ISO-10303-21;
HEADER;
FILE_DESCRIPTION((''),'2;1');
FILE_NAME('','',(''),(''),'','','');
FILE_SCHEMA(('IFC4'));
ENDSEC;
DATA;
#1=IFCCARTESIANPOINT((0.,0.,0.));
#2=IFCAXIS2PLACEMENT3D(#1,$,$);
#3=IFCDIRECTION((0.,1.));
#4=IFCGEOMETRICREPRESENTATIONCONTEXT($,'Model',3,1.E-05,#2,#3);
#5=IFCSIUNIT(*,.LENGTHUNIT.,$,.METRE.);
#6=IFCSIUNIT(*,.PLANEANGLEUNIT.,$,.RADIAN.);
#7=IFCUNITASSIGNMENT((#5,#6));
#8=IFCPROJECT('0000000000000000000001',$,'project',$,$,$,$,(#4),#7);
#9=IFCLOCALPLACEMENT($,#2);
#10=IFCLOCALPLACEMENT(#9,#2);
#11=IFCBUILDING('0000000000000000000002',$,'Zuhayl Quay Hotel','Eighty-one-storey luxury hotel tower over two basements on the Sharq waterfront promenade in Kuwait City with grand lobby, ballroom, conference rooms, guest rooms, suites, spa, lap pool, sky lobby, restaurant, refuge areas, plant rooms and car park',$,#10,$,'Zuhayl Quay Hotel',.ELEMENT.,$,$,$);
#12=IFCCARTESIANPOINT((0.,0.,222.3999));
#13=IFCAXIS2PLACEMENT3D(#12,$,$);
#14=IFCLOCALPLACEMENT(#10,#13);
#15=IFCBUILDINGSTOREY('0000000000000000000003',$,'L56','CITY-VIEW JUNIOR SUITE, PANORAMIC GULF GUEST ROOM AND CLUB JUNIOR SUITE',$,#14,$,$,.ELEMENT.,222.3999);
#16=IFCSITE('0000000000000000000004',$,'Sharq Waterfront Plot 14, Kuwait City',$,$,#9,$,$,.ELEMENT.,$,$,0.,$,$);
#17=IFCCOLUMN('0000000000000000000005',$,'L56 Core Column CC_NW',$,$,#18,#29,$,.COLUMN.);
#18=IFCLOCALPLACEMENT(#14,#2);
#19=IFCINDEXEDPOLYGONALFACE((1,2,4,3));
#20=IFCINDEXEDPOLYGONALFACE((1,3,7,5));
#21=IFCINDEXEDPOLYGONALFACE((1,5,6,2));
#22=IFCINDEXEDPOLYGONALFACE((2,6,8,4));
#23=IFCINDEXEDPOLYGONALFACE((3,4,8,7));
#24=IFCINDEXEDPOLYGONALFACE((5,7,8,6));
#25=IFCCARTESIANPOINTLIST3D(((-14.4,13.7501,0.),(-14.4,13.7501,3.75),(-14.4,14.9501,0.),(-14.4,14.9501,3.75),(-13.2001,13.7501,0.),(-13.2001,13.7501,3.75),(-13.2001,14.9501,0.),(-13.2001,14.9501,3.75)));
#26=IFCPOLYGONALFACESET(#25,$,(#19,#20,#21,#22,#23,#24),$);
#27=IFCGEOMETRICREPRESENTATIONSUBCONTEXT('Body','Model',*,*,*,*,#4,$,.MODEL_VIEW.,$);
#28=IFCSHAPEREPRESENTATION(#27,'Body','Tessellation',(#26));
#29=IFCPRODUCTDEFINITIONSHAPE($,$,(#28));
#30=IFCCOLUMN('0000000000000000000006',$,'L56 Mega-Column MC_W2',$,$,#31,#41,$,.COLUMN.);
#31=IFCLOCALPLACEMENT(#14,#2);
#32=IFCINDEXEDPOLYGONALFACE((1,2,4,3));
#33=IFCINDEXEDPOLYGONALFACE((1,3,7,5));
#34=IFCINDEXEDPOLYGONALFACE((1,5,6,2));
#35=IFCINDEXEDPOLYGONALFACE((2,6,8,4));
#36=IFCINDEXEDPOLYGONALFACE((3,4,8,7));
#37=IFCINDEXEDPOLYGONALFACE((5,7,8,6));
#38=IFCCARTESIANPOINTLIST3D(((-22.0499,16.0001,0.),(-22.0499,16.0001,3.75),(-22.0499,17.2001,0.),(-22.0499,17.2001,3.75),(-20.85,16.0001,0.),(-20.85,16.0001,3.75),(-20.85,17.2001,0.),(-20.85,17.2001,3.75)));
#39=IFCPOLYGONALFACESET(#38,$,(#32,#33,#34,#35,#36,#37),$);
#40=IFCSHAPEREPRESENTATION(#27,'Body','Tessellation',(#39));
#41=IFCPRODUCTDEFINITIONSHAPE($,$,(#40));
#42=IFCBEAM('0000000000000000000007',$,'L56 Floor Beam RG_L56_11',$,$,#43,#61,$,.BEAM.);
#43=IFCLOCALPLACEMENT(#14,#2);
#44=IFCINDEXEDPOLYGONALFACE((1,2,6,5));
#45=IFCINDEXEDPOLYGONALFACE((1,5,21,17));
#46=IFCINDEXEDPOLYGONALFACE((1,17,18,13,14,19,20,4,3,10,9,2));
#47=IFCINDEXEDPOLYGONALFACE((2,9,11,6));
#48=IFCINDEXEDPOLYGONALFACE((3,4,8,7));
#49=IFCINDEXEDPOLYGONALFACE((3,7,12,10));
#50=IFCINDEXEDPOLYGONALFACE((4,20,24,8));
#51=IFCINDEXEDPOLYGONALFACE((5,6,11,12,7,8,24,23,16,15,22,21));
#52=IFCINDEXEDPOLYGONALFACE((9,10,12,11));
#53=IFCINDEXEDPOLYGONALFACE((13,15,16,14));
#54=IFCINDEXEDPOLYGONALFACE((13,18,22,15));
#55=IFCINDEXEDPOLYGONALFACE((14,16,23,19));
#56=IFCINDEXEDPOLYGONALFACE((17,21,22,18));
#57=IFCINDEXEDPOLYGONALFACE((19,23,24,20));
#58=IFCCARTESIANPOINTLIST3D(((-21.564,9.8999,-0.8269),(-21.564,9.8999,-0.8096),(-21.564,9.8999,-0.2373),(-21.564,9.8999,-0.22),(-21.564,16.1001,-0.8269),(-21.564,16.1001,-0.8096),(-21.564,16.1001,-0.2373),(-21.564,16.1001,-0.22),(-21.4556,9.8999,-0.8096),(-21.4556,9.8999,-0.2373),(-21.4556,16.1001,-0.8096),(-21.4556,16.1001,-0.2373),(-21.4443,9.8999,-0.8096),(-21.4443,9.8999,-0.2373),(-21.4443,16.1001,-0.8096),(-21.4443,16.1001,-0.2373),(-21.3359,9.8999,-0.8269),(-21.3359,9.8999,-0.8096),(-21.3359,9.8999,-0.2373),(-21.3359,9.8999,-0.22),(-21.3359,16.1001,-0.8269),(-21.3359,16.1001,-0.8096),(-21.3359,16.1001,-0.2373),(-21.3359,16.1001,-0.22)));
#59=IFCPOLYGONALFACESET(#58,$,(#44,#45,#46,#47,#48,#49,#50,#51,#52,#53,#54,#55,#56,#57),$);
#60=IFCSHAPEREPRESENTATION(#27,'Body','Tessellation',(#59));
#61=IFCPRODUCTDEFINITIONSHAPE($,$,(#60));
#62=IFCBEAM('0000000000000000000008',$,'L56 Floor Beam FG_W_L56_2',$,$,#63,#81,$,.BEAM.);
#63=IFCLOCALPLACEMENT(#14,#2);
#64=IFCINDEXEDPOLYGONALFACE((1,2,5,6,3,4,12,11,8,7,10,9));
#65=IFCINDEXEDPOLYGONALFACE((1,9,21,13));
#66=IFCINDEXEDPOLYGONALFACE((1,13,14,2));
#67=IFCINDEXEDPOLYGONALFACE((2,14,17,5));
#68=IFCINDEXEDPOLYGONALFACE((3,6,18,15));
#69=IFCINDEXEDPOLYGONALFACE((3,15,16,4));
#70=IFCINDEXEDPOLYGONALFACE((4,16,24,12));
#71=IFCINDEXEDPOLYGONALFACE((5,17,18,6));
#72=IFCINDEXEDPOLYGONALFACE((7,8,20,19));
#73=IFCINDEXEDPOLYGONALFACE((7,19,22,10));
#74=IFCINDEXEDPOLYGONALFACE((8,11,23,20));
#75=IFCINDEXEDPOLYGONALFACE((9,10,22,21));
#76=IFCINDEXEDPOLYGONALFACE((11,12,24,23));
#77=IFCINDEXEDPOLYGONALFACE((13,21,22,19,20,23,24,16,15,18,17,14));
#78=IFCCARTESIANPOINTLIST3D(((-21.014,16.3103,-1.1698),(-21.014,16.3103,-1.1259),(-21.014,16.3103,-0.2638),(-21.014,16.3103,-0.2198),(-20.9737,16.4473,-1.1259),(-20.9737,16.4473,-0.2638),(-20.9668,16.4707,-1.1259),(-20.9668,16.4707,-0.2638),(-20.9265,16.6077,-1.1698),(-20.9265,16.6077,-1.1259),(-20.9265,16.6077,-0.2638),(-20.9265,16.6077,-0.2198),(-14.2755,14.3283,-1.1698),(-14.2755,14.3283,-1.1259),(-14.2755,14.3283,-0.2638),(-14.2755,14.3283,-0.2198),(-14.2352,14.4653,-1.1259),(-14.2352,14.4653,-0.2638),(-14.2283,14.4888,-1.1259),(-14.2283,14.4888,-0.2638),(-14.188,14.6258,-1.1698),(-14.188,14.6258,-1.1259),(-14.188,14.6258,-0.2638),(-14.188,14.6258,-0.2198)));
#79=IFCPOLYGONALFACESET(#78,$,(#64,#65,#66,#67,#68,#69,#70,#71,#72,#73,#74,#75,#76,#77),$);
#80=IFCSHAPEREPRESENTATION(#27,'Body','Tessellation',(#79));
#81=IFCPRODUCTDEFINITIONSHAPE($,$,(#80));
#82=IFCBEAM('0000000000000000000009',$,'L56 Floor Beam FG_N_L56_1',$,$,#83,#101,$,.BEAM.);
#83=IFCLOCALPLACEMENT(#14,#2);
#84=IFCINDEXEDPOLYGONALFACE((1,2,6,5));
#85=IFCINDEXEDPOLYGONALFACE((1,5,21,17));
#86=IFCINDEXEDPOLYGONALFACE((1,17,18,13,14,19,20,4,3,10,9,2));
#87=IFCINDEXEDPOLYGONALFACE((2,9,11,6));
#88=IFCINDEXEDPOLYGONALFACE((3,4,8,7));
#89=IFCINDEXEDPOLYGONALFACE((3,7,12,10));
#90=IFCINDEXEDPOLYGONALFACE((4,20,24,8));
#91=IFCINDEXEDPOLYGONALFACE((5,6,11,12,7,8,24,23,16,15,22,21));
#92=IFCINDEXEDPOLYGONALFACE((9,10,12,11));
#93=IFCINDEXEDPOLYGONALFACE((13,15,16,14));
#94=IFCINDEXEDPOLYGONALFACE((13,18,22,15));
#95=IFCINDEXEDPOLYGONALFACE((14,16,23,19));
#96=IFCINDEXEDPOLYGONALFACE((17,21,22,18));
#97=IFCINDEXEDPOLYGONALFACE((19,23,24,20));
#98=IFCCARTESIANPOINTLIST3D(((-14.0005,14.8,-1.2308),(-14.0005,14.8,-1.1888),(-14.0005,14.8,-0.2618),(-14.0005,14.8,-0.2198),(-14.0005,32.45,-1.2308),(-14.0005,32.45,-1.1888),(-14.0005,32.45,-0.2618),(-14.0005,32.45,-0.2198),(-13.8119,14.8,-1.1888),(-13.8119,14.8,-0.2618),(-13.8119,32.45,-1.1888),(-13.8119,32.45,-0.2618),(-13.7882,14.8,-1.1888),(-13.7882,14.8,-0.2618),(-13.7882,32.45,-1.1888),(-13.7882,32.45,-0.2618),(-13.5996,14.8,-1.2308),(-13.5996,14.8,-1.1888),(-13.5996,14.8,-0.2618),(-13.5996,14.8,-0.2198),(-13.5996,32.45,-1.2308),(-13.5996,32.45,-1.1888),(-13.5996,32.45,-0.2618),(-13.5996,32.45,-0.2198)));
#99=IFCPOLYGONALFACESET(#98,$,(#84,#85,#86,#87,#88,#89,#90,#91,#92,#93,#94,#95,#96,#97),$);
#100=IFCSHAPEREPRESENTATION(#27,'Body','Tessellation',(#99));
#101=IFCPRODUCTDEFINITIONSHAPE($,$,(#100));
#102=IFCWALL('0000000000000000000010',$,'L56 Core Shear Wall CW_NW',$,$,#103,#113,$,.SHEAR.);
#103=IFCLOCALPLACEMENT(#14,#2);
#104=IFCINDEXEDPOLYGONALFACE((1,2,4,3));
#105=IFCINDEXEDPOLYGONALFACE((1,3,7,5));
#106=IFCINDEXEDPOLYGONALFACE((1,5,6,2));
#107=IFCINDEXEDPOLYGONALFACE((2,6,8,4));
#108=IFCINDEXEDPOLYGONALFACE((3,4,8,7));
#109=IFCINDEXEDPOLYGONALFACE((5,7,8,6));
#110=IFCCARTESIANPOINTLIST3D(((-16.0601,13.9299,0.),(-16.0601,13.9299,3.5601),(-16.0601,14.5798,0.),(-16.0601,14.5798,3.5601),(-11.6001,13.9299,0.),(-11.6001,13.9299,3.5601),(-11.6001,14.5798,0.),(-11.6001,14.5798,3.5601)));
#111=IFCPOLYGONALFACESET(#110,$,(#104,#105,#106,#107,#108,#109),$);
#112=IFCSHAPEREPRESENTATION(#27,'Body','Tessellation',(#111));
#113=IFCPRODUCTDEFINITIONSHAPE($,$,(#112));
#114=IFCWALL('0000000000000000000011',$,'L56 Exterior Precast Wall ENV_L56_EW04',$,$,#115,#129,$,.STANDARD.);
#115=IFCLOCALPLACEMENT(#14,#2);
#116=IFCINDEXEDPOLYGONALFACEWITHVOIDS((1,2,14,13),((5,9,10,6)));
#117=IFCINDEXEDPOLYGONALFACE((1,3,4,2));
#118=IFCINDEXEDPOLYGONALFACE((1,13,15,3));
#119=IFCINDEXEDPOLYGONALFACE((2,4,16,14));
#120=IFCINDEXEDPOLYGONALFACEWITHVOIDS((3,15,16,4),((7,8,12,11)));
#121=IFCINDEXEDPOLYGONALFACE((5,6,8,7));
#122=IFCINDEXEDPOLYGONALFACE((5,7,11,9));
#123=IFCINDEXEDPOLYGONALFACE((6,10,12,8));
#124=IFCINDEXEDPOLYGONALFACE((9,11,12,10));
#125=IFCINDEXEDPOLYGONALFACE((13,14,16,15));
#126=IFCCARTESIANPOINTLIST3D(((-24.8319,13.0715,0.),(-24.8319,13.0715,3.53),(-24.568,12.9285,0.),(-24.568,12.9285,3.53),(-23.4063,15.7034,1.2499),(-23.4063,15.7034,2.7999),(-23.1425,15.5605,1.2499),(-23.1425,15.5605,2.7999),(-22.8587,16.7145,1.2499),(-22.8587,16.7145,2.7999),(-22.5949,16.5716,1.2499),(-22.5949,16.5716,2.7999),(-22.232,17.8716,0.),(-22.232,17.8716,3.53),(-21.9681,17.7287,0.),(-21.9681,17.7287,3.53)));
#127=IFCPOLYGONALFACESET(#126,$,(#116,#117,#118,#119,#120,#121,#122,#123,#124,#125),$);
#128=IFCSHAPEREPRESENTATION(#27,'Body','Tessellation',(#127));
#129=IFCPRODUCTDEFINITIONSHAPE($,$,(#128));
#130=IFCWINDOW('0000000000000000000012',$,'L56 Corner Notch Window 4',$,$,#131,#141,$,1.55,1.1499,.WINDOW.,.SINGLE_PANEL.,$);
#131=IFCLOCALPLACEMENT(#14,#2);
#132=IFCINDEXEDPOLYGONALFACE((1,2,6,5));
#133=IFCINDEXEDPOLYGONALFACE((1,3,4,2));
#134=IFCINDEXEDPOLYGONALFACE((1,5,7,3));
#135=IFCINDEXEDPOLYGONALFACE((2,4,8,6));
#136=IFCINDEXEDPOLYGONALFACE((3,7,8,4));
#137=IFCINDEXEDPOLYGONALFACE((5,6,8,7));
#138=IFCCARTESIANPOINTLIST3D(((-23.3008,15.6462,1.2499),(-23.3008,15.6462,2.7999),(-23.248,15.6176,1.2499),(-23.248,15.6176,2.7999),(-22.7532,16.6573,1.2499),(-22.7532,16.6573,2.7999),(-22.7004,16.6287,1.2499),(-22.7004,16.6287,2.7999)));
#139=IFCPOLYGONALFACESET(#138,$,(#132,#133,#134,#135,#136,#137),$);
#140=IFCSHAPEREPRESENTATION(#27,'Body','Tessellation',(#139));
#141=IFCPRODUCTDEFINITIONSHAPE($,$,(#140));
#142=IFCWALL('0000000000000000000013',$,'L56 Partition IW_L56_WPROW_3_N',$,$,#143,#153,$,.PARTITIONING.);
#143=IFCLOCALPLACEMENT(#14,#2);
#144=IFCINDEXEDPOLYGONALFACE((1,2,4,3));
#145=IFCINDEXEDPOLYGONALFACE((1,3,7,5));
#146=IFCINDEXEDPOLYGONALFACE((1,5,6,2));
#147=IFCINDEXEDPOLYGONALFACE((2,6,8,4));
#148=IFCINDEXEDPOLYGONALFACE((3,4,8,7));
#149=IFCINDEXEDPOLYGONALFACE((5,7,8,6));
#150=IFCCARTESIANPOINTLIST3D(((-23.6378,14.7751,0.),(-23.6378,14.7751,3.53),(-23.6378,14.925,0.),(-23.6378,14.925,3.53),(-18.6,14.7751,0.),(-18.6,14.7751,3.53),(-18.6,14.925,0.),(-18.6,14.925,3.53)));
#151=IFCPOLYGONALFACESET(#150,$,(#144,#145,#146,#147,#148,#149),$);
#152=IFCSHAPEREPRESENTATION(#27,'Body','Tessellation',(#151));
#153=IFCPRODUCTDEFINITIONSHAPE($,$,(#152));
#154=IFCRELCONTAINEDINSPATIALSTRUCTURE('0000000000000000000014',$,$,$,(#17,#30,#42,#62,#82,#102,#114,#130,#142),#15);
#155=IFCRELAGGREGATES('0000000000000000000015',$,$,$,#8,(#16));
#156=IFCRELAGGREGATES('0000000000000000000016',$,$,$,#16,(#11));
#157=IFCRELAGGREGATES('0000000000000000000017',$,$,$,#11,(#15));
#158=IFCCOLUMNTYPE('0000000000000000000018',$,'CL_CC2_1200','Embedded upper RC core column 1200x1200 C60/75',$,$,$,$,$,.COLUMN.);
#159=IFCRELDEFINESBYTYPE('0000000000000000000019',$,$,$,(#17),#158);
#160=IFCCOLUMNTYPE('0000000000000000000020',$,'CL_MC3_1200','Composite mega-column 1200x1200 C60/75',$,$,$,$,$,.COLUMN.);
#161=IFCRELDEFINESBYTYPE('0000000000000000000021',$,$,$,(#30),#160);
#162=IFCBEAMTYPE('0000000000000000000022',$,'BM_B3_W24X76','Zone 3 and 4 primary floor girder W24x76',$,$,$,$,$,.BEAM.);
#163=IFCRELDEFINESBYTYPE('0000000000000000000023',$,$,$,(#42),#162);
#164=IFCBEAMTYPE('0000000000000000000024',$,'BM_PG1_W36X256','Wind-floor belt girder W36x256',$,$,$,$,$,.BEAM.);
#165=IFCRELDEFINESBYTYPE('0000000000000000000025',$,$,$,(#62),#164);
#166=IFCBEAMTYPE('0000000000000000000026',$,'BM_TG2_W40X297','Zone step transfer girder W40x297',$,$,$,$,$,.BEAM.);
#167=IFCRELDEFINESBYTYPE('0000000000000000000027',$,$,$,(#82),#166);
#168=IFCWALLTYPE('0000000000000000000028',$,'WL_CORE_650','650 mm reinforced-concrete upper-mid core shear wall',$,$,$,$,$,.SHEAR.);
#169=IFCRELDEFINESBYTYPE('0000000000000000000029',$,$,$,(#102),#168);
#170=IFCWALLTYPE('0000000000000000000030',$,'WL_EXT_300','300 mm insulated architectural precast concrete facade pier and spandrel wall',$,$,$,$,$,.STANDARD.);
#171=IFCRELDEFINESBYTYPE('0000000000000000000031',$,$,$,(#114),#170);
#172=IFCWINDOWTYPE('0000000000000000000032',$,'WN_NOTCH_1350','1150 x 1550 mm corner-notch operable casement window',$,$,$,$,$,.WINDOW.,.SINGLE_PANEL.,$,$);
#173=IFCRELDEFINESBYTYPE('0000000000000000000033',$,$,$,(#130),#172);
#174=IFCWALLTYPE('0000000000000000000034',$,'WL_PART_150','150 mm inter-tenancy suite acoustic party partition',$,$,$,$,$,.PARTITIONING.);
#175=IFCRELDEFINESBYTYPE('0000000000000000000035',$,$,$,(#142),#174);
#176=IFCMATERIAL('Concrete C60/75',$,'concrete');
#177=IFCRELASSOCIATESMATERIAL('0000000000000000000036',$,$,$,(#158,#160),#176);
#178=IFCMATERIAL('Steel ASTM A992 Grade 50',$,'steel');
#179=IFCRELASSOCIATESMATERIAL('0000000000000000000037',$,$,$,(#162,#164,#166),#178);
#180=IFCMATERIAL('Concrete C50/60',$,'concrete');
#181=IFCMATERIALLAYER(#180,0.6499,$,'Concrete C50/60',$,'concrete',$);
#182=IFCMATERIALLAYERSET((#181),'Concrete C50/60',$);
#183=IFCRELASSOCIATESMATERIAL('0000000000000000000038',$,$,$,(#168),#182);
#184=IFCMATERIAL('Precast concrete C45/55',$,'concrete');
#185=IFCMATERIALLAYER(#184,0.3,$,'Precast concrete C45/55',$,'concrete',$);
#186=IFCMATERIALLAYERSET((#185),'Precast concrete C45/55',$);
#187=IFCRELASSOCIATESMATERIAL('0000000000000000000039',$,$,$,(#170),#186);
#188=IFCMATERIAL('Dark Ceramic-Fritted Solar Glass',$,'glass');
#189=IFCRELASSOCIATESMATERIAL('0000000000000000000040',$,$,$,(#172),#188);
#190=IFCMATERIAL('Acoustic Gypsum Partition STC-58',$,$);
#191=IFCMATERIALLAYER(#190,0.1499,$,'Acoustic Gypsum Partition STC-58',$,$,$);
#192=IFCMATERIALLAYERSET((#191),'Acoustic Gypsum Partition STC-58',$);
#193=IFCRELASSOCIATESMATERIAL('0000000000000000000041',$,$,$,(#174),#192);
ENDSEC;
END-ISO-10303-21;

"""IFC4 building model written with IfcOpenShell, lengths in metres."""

from ifc_helpers import new_model, si_unit, direction, frame, frame_2d, origin, origin_2d, place, context, subcontext, project, spatial, rectangle, i_section, extrude, material, layer, layer_set, material_profile, profile_set, type_object, element, fill, save


model = new_model("IFC4")

# Units and contexts
model_context = context("Model", 3, precision=1e-05, world=origin(), true_north=direction((0.0, 1.0)))
body_context = subcontext(model_context, "Body", "Model", "MODEL_VIEW")
ifc_project = project(units=[si_unit("LENGTHUNIT", "METRE"), si_unit("PLANEANGLEUNIT", "RADIAN")], contexts=[model_context])

# Site, building, storey
site_placement = place(None, origin())
site = spatial("IfcSite", under=ifc_project, at=site_placement, Name="Sharq Waterfront Plot 14, Kuwait City", CompositionType="ELEMENT", RefElevation=0.0)
building_placement = place(site_placement, origin())
building = spatial("IfcBuilding", under=site, at=building_placement, Name="Zuhayl Quay Hotel", Description="Eighty-one-storey luxury hotel tower over two basements on the Sharq waterfront promenade in Kuwait City with grand lobby, ballroom, conference rooms, guest rooms, suites, spa, lap pool, sky lobby, restaurant, refuge areas, plant rooms and car park", LongName="Zuhayl Quay Hotel", CompositionType="ELEMENT")
storey_placement = place(building_placement, frame((0.0, 0.0, 222.3999)))
storey = spatial("IfcBuildingStorey", under=building, at=storey_placement, Name="L56", Description="CITY-VIEW JUNIOR SUITE, PANORAMIC GULF GUEST ROOM AND CLUB JUNIOR SUITE", CompositionType="ELEMENT", Elevation=222.3999)

# Columns
ifc_material_1 = material(Name="Concrete C60/75", Category="concrete")
ifc_material_profile_1 = material_profile(ifc_material_1, rectangle(XDim=1.2, YDim=1.2, at=origin_2d()), Name="RC1200X1200")
ifc_profile_set_1 = profile_set([ifc_material_profile_1], Name="Concrete C60/75")
column_type_1 = type_object("IfcColumnType", Name="CL_CC2_1200", Description="Embedded upper RC core column 1200x1200 C60/75", PredefinedType="COLUMN", material=ifc_profile_set_1)
column_1_placement = place(storey_placement, frame((-13.8, 14.3501, 0.0), z_axis=(0.0, 0.0, 1.0), x_axis=(1.0, 0.0, 0.0)))
element("IfcColumn", 1, at=column_1_placement, inside=storey, type_object=column_type_1, Name="L56 Core Column CC_NW", PredefinedType="COLUMN", context=body_context, shape_type="SweptSolid", body=[
    extrude(rectangle(XDim=1.2, YDim=1.2, at=origin_2d()), origin(), (0.0, 0.0, 1.0), 3.75),
])
ifc_material_profile_2 = material_profile(ifc_material_1, rectangle(XDim=1.2, YDim=1.2, at=origin_2d()), Name="RC1200X1200")
ifc_profile_set_2 = profile_set([ifc_material_profile_2], Name="Concrete C60/75")
column_type_2 = type_object("IfcColumnType", Name="CL_MC3_1200", Description="Composite mega-column 1200x1200 C60/75", PredefinedType="COLUMN", material=ifc_profile_set_2)
column_2_placement = place(storey_placement, frame((-21.45, 16.6001, 0.0), z_axis=(0.0, 0.0, 1.0), x_axis=(1.0, 0.0, 0.0)))
element("IfcColumn", 2, at=column_2_placement, inside=storey, type_object=column_type_2, Name="L56 Mega-Column MC_W2", PredefinedType="COLUMN", context=body_context, shape_type="SweptSolid", body=[
    extrude(rectangle(XDim=1.2, YDim=1.2, at=origin_2d()), origin(), (0.0, 0.0, 1.0), 3.75),
])

# Beams
ifc_material_2 = material(Name="Steel ASTM A992 Grade 50", Category="steel")
ifc_material_profile_3 = material_profile(ifc_material_2, i_section(OverallWidth=0.228, OverallDepth=0.6069, WebThickness=0.0112, FlangeThickness=0.0173, at=origin_2d()), Name="W24X76")
ifc_profile_set_3 = profile_set([ifc_material_profile_3], Name="Steel ASTM A992 Grade 50")
beam_type_1 = type_object("IfcBeamType", Name="BM_B3_W24X76", Description="Zone 3 and 4 primary floor girder W24x76", PredefinedType="BEAM", material=ifc_profile_set_3)
beam_1_placement = place(storey_placement, frame((-21.45, 16.1001, -0.5234), z_axis=(0.0, -1.0, 0.0), x_axis=(1.0, 0.0, 0.0)))
element("IfcBeam", 3, at=beam_1_placement, inside=storey, type_object=beam_type_1, Name="L56 Floor Beam RG_L56_11", PredefinedType="BEAM", context=body_context, shape_type="SweptSolid", body=[
    extrude(i_section(OverallWidth=0.228, OverallDepth=0.6069, WebThickness=0.0112, FlangeThickness=0.0173, at=origin_2d()), origin(), (0.0, 0.0, 1.0), 6.2002),
])
ifc_material_profile_4 = material_profile(ifc_material_2, i_section(OverallWidth=0.3101, OverallDepth=0.95, WebThickness=0.0244, FlangeThickness=0.0439, at=origin_2d()), Name="W36X256")
ifc_profile_set_4 = profile_set([ifc_material_profile_4], Name="Steel ASTM A992 Grade 50")
beam_type_2 = type_object("IfcBeamType", Name="BM_PG1_W36X256", Description="Wind-floor belt girder W36x256", PredefinedType="BEAM", material=ifc_profile_set_4)
beam_2_placement = place(storey_placement, frame((-20.9702, 16.459, -0.6948), z_axis=(0.959365, -0.282168, 0.0), x_axis=(0.282168, 0.959365, 0.0)))
element("IfcBeam", 4, at=beam_2_placement, inside=storey, type_object=beam_type_2, Name="L56 Floor Beam FG_W_L56_2", PredefinedType="BEAM", context=body_context, shape_type="SweptSolid", body=[
    extrude(i_section(OverallWidth=0.3101, OverallDepth=0.95, WebThickness=0.0244, FlangeThickness=0.0439, at=origin_2d()), origin(), (0.0, 0.0, 1.0), 7.0239),
])
ifc_material_profile_5 = material_profile(ifc_material_2, i_section(OverallWidth=0.4009, OverallDepth=1.011, WebThickness=0.0237, FlangeThickness=0.042, at=origin_2d()), Name="W40X297")
ifc_profile_set_5 = profile_set([ifc_material_profile_5], Name="Steel ASTM A992 Grade 50")
beam_type_3 = type_object("IfcBeamType", Name="BM_TG2_W40X297", Description="Zone step transfer girder W40x297", PredefinedType="BEAM", material=ifc_profile_set_5)
beam_3_placement = place(storey_placement, frame((-13.8, 14.8, -0.7253), z_axis=(0.0, 1.0, 0.0), x_axis=(-1.0, 0.0, 0.0)))
element("IfcBeam", 5, at=beam_3_placement, inside=storey, type_object=beam_type_3, Name="L56 Floor Beam FG_N_L56_1", PredefinedType="BEAM", context=body_context, shape_type="SweptSolid", body=[
    extrude(i_section(OverallWidth=0.4009, OverallDepth=1.011, WebThickness=0.0237, FlangeThickness=0.042, at=origin_2d()), origin(), (0.0, 0.0, 1.0), 17.6499),
])

# Wall
ifc_material_3 = material(Name="Concrete C50/60", Category="concrete")
ifc_layer_1 = layer(ifc_material_3, 0.6499, Name="Concrete C50/60", Category="concrete")
ifc_layer_set_1 = layer_set([ifc_layer_1], Name="Concrete C50/60")
wall_type_1 = type_object("IfcWallType", Name="WL_CORE_650", Description="650 mm reinforced-concrete upper-mid core shear wall", PredefinedType="SHEAR", material=ifc_layer_set_1)
wall_1_placement = place(storey_placement, frame((-16.0601, 14.2549, 0.0), z_axis=(0.0, 0.0, 1.0), x_axis=(1.0, 0.0, 0.0)))
element("IfcWall", 6, at=wall_1_placement, inside=storey, type_object=wall_type_1, Name="L56 Core Shear Wall CW_NW", PredefinedType="SHEAR", context=body_context, shape_type="SweptSolid", body=[
    extrude(rectangle(XDim=4.46, YDim=0.6499, at=frame_2d((2.23, 0.0))), origin(), (0.0, 0.0, 1.0), 3.5601),
])

# Wall, opening, window
ifc_material_4 = material(Name="Precast concrete C45/55", Category="concrete")
ifc_layer_2 = layer(ifc_material_4, 0.3, Name="Precast concrete C45/55", Category="concrete")
ifc_layer_set_2 = layer_set([ifc_layer_2], Name="Precast concrete C45/55")
wall_type_2 = type_object("IfcWallType", Name="WL_EXT_300", Description="300 mm insulated architectural precast concrete facade pier and spandrel wall", PredefinedType="STANDARD", material=ifc_layer_set_2)
wall_2_placement = place(storey_placement, frame((-24.7, 13.0, 0.0), z_axis=(0.0, 0.0, 1.0), x_axis=(0.476259, 0.879305, 0.0)))
wall_2 = element("IfcWall", 7, at=wall_2_placement, inside=storey, type_object=wall_type_2, Name="L56 Exterior Precast Wall ENV_L56_EW04", PredefinedType="STANDARD", context=body_context, shape_type="SweptSolid", body=[
    extrude(rectangle(XDim=5.459, YDim=0.3, at=frame_2d((2.7295, 0.0))), origin(), (0.0, 0.0, 1.0), 3.53),
])
opening_1_placement = place(wall_2_placement, frame((2.9932, 0.0, 1.25)))
opening_1 = element("IfcOpeningElement", 8, at=opening_1_placement, cuts=wall_2, PredefinedType="OPENING", context=body_context, shape_type="SweptSolid", body=[
    extrude(rectangle(XDim=1.1499, YDim=1.55, at=frame_2d((0.575, 0.7749))), frame((0.0, 0.1599, 0.0), z_axis=(0.0, -1.0, 0.0), x_axis=(1.0, 0.0, 0.0)), (0.0, 0.0, 1.0), 0.3201),
])
ifc_material_5 = material(Name="Dark Ceramic-Fritted Solar Glass", Category="glass")
window_type = type_object("IfcWindowType", Name="WN_NOTCH_1350", Description="1150 x 1550 mm corner-notch operable casement window", PartitioningType="SINGLE_PANEL", PredefinedType="WINDOW", material=ifc_material_5)
window_placement = place(opening_1_placement, origin())
window = element("IfcWindow", 9, at=window_placement, inside=storey, type_object=window_type, Name="L56 Corner Notch Window 4", OverallHeight=1.55, OverallWidth=1.1499, PartitioningType="SINGLE_PANEL", PredefinedType="WINDOW", context=body_context, shape_type="SweptSolid", body=[
    extrude(rectangle(XDim=1.1499, YDim=1.55, at=frame_2d((0.575, 0.7749))), frame((0.0, 0.03, 0.0), z_axis=(0.0, -1.0, 0.0), x_axis=(1.0, 0.0, 0.0)), (0.0, 0.0, 1.0), 0.0601),
])
fill(opening_1, window)

# Wall
ifc_material_6 = material(Name="Acoustic Gypsum Partition STC-58")
ifc_layer_3 = layer(ifc_material_6, 0.1499, Name="Acoustic Gypsum Partition STC-58")
ifc_layer_set_3 = layer_set([ifc_layer_3], Name="Acoustic Gypsum Partition STC-58")
wall_type_3 = type_object("IfcWallType", Name="WL_PART_150", Description="150 mm inter-tenancy suite acoustic party partition", PredefinedType="PARTITIONING", material=ifc_layer_set_3)
wall_3_placement = place(storey_placement, frame((-23.6379, 14.8501, 0.0), z_axis=(0.0, 0.0, 1.0), x_axis=(1.0, 0.0, 0.0)))
element("IfcWall", 10, at=wall_3_placement, inside=storey, type_object=wall_type_3, Name="L56 Partition IW_L56_WPROW_3_N", PredefinedType="PARTITIONING", context=body_context, shape_type="SweptSolid", body=[
    extrude(rectangle(XDim=5.0378, YDim=0.1499, at=frame_2d((2.519, 0.0))), origin(), (0.0, 0.0, 1.0), 3.53),
])

save(model, "model.ifc")
